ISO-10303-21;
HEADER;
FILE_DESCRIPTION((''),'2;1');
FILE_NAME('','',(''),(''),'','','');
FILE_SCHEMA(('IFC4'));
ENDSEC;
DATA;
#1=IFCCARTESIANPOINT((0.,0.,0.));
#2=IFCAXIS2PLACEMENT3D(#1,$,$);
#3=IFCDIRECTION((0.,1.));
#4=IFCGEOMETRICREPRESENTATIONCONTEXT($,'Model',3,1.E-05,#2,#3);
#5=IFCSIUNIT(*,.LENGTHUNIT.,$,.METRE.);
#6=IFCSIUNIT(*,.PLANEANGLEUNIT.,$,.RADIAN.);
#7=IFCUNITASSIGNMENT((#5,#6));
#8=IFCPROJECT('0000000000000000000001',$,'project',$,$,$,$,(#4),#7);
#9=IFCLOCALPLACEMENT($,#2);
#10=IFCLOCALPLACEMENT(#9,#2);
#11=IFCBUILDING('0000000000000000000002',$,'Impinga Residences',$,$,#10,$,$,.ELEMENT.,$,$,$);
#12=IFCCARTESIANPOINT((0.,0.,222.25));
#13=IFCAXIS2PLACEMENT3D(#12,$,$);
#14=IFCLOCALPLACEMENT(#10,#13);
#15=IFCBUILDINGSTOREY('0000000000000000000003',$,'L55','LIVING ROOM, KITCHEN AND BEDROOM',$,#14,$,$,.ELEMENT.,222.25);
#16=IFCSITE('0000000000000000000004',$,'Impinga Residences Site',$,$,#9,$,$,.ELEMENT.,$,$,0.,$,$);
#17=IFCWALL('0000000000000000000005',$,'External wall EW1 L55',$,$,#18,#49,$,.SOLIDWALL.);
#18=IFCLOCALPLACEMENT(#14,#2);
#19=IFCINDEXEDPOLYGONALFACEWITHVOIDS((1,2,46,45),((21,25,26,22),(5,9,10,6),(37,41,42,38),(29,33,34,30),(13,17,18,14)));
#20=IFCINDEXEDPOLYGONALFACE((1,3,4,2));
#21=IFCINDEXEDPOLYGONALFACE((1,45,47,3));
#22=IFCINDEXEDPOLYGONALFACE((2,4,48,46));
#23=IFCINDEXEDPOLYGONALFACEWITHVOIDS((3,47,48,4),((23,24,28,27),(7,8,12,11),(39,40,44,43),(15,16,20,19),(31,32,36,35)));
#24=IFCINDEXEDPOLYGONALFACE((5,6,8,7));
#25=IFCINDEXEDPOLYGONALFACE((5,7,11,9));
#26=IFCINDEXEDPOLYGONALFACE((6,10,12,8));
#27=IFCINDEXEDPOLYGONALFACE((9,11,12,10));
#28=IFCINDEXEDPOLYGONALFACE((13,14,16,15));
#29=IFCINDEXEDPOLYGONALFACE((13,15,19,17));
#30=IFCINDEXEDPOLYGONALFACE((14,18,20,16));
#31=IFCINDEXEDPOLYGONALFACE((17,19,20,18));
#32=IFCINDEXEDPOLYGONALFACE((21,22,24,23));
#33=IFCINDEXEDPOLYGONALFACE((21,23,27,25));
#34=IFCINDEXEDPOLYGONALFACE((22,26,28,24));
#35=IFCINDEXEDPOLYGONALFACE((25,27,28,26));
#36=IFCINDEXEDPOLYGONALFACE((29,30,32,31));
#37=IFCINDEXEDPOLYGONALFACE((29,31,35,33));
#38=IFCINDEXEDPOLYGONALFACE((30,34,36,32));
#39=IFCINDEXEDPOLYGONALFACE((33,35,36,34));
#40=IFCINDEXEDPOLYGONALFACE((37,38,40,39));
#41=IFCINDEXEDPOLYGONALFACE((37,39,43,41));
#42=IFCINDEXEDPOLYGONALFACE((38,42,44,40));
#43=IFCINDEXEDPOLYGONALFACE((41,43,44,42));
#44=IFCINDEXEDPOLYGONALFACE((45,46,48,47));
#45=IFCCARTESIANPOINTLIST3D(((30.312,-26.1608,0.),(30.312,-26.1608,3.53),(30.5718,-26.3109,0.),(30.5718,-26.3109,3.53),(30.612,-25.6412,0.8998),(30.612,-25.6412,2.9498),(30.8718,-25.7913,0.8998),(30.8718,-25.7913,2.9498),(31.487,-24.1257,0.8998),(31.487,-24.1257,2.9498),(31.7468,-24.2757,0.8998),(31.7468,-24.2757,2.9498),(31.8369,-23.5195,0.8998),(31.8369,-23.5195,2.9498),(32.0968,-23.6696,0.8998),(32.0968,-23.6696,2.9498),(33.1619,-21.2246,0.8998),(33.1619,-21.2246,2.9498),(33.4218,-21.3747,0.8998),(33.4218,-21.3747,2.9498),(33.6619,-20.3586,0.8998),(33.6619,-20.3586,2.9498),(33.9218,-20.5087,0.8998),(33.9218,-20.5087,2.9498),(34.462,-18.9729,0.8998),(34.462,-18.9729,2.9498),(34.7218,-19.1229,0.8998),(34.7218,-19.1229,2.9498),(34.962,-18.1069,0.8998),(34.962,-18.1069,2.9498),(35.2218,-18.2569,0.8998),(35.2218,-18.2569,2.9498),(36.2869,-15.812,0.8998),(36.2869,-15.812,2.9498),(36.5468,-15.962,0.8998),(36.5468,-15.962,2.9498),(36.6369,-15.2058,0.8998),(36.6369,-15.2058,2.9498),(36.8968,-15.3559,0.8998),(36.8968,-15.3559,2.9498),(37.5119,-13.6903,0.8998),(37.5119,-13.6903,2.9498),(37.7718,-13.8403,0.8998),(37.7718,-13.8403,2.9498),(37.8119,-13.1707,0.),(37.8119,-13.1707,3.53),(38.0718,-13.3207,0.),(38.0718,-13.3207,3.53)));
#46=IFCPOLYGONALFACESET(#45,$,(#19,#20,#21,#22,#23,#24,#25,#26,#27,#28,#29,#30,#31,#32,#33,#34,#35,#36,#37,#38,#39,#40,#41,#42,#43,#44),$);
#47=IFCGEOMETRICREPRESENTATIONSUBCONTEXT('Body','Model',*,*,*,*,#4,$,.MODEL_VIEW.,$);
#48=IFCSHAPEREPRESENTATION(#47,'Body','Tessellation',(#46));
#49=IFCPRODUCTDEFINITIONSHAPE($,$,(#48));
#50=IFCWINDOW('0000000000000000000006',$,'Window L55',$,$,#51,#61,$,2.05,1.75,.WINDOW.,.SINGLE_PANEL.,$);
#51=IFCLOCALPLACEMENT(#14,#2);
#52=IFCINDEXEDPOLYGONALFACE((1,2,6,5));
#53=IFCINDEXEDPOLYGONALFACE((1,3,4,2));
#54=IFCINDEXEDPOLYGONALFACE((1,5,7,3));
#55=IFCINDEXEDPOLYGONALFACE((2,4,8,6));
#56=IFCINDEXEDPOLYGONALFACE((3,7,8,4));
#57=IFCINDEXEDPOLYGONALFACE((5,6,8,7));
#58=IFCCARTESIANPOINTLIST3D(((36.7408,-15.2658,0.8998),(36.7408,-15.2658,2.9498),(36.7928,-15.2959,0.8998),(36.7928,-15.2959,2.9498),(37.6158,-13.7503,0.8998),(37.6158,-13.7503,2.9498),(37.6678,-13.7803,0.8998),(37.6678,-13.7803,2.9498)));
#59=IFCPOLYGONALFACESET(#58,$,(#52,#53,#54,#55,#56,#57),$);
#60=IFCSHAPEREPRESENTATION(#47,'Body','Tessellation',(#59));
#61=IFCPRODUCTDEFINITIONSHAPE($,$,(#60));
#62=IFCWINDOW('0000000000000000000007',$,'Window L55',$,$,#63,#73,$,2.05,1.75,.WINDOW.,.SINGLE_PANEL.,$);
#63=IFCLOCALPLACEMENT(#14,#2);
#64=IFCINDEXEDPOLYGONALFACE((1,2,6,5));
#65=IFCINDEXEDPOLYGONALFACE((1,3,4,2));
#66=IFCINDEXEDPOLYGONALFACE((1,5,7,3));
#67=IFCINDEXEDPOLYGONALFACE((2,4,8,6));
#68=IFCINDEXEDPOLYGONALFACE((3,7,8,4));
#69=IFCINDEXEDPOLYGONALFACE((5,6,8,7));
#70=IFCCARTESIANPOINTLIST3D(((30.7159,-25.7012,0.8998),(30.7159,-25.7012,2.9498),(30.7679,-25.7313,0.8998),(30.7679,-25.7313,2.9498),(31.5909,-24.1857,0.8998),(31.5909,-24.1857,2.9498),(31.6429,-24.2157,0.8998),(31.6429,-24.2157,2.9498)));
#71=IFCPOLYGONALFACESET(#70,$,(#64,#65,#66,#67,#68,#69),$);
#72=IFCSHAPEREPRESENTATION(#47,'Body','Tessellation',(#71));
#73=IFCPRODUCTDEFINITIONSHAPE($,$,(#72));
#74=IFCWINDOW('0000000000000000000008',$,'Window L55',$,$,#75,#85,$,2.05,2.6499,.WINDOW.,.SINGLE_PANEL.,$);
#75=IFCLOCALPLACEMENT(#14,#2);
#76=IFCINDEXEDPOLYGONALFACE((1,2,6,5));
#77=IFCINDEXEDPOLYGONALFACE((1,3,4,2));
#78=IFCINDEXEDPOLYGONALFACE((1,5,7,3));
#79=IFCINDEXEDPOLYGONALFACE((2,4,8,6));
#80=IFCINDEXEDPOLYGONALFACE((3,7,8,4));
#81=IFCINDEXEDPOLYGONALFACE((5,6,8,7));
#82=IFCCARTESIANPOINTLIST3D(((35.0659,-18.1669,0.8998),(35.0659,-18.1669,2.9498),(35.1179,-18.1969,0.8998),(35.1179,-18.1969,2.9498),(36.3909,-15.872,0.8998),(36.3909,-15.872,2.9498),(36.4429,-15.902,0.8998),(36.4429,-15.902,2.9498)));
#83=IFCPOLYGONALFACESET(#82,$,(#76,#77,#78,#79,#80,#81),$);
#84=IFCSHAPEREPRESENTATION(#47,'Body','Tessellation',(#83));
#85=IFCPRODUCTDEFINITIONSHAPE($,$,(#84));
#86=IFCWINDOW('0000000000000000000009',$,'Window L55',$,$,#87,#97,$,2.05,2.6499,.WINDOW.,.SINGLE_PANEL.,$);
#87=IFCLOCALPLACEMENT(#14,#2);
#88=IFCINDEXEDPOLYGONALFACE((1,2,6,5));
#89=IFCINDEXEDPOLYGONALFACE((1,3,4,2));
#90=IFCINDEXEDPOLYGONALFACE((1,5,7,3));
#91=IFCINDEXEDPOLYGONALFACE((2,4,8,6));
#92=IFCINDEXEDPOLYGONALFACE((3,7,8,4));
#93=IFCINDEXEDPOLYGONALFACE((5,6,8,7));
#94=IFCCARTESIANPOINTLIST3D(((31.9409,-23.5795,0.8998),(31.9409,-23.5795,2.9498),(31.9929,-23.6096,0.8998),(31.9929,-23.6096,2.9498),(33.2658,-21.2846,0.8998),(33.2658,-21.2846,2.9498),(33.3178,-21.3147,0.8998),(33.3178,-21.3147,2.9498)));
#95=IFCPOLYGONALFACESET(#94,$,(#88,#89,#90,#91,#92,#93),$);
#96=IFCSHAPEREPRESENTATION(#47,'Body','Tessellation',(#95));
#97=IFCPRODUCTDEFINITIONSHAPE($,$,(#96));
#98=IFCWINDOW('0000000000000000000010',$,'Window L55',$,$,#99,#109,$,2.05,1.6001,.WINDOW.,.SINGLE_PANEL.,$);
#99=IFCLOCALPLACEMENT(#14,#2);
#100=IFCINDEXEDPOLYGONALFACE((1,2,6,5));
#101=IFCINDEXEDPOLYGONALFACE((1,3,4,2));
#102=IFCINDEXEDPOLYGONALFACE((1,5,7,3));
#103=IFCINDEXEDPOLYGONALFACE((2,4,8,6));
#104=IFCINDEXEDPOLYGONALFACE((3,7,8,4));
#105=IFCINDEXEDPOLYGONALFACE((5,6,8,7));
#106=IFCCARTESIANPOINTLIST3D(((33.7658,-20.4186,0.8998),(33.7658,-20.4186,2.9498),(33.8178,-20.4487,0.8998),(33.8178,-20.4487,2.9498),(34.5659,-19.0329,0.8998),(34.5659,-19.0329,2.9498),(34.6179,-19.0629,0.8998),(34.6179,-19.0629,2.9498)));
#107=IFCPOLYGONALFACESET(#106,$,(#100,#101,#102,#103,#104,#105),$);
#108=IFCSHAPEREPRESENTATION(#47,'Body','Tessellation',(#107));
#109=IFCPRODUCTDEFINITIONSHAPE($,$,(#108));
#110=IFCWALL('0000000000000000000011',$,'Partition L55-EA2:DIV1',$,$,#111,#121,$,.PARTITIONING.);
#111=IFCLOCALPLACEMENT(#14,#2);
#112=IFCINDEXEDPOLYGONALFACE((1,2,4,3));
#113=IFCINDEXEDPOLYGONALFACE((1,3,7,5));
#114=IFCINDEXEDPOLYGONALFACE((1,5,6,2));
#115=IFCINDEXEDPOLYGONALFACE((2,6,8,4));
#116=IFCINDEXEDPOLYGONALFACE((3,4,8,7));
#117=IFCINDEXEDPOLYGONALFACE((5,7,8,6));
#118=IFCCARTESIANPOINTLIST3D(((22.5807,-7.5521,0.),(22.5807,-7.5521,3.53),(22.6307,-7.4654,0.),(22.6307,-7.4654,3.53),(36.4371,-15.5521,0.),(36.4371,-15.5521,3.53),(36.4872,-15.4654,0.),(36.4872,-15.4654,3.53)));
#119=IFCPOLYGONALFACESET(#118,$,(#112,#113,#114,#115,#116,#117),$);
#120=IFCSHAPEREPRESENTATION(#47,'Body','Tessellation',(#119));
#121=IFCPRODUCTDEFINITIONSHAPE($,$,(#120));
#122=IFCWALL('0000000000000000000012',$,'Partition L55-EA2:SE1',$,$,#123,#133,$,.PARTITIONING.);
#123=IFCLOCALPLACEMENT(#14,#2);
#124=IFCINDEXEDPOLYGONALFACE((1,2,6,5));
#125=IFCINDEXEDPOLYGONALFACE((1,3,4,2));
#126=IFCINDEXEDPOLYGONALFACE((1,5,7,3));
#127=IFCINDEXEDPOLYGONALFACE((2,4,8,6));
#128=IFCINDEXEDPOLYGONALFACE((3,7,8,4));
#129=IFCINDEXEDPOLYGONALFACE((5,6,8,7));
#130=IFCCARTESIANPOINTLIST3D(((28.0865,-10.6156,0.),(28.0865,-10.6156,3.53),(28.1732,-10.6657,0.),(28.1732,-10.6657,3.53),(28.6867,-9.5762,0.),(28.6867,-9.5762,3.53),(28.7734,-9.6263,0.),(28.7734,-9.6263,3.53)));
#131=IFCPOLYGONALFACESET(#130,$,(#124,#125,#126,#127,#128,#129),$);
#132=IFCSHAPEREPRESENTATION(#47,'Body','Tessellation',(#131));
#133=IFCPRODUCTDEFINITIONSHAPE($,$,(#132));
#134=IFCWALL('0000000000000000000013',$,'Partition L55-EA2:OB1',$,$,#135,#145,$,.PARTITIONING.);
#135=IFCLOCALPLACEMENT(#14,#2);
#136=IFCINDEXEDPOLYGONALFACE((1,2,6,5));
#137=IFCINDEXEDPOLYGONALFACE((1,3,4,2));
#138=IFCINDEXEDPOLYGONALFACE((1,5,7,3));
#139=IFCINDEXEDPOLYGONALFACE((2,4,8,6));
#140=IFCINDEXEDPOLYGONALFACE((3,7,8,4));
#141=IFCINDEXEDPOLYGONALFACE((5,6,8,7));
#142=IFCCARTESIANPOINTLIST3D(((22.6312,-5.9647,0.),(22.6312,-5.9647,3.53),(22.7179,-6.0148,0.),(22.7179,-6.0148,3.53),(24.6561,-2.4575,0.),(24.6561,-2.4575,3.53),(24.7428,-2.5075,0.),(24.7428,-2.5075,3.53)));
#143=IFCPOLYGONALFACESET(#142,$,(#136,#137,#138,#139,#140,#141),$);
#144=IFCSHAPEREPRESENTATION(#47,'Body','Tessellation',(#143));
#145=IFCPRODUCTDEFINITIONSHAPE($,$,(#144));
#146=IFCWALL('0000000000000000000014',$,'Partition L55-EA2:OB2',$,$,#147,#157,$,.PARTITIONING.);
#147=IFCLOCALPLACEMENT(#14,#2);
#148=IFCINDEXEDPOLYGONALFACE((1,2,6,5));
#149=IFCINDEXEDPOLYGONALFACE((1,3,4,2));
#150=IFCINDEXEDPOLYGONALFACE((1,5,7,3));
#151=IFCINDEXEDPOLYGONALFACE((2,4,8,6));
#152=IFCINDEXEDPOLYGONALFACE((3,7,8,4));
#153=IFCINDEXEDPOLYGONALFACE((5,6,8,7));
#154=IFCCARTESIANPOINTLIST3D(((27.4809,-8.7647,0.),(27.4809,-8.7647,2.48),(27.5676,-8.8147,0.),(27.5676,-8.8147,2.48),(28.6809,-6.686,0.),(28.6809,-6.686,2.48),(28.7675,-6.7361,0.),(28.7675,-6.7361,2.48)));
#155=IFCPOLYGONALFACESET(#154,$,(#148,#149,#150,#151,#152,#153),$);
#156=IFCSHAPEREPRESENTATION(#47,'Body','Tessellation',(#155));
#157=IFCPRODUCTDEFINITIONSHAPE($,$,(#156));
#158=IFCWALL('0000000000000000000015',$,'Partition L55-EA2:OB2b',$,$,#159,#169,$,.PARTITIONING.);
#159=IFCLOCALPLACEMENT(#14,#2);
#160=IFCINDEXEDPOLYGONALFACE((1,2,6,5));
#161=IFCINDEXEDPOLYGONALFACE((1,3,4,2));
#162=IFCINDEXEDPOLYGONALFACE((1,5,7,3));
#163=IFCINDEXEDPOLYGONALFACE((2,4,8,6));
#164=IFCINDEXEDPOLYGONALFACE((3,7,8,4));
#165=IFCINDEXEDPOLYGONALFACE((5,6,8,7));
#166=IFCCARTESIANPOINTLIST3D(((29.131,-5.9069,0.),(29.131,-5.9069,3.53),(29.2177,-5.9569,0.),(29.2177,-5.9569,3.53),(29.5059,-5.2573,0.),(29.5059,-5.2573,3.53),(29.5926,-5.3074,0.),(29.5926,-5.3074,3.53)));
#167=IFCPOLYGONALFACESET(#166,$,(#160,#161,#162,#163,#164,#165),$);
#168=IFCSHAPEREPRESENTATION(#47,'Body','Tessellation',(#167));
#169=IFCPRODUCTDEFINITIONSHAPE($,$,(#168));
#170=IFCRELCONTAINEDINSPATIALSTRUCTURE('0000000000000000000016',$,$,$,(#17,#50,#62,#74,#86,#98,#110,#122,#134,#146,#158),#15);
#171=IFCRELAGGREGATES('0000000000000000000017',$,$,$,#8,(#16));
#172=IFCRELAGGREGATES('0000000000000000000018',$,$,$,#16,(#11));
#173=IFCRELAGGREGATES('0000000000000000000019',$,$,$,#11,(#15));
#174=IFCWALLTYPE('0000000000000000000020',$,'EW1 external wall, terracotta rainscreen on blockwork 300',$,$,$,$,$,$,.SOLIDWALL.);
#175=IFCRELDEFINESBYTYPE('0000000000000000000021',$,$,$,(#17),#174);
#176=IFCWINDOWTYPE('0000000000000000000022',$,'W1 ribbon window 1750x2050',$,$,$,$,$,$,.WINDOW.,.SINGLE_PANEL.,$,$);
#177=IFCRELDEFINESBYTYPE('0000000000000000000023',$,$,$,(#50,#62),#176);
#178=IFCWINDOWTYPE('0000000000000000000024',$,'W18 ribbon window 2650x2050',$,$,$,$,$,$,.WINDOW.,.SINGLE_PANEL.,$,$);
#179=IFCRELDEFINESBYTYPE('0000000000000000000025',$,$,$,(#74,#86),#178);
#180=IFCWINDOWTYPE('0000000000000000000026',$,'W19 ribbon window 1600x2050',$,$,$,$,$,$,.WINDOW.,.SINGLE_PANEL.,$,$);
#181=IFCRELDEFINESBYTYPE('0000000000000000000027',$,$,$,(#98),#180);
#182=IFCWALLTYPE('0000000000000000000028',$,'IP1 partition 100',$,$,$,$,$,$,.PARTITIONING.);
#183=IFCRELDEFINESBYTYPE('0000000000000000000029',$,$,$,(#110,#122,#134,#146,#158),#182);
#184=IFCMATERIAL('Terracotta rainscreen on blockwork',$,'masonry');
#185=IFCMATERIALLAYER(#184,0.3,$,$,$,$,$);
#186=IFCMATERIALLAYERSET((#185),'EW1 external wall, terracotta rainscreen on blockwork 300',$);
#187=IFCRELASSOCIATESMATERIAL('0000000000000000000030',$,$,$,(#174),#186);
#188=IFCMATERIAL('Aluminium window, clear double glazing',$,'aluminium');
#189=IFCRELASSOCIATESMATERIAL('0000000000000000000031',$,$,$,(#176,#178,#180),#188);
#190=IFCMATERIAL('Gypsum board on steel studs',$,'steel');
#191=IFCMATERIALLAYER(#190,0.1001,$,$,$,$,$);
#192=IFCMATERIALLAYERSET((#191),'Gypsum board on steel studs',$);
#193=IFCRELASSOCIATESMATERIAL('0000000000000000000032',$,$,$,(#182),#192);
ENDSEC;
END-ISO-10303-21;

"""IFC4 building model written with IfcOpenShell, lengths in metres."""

from ifc_helpers import new_model, si_unit, direction, frame, frame_2d, origin, place, context, subcontext, project, spatial, rectangle, extrude, material, layer, layer_set, type_object, element, fill, save


model = new_model("IFC4")

# Units and contexts
model_context = context("Model", 3, precision=1e-05, world=origin(), true_north=direction((0.0, 1.0)))
body_context = subcontext(model_context, "Body", "Model", "MODEL_VIEW")
ifc_project = project(units=[si_unit("LENGTHUNIT", "METRE"), si_unit("PLANEANGLEUNIT", "RADIAN")], contexts=[model_context])

# Site, building, storey
site_placement = place(None, origin())
site = spatial("IfcSite", under=ifc_project, at=site_placement, Name="Impinga Residences Site", CompositionType="ELEMENT", RefElevation=0.0)
building_placement = place(site_placement, origin())
building = spatial("IfcBuilding", under=site, at=building_placement, Name="Impinga Residences", CompositionType="ELEMENT")
storey_placement = place(building_placement, frame((0.0, 0.0, 222.25)))
storey = spatial("IfcBuildingStorey", under=building, at=storey_placement, Name="L55", Description="LIVING ROOM, KITCHEN AND BEDROOM", CompositionType="ELEMENT", Elevation=222.25)

# Shared definitions
ifc_material_1 = material(Name="Terracotta rainscreen on blockwork", Category="masonry")
ifc_layer_1 = layer(ifc_material_1, 0.3)
ifc_layer_set_1 = layer_set([ifc_layer_1], Name="EW1 external wall, terracotta rainscreen on blockwork 300")
wall_type_1 = type_object("IfcWallType", Name="EW1 external wall, terracotta rainscreen on blockwork 300", PredefinedType="SOLIDWALL", material=ifc_layer_set_1)

# Wall, openings, windows
wall_1_placement = place(storey_placement, frame((37.9419, -13.2456, 0.0), z_axis=(0.0, 0.0, 1.0), x_axis=(-0.500004, -0.866023, 0.0)))
wall_1 = element("IfcWall", 1, at=wall_1_placement, inside=storey, type_object=wall_type_1, Name="External wall EW1 L55", PredefinedType="SOLIDWALL", context=body_context, shape_type="SweptSolid", body=[
    extrude(rectangle(XDim=14.9998, YDim=0.3, at=frame_2d((7.5, 0.0))), origin(), (0.0, 0.0, 1.0), 3.53),
])
opening_1_placement = place(wall_1_placement, frame((0.6001, 0.0, 0.8999)))
opening_1 = element("IfcOpeningElement", 2, at=opening_1_placement, cuts=wall_1, PredefinedType="OPENING", context=body_context, shape_type="SweptSolid", body=[
    extrude(rectangle(XDim=1.75, YDim=2.05, at=frame_2d((0.875, 1.0249))), frame((0.0, 0.1599, 0.0), z_axis=(0.0, -1.0, 0.0), x_axis=(1.0, 0.0, 0.0)), (0.0, 0.0, 1.0), 0.3201),
])
opening_2_placement = place(wall_1_placement, frame((3.05, 0.0, 0.8999)))
opening_2 = element("IfcOpeningElement", 3, at=opening_2_placement, cuts=wall_1, PredefinedType="OPENING", context=body_context, shape_type="SweptSolid", body=[
    extrude(rectangle(XDim=2.6499, YDim=2.05, at=frame_2d((1.325, 1.0249))), frame((0.0, 0.1599, 0.0), z_axis=(0.0, -1.0, 0.0), x_axis=(1.0, 0.0, 0.0)), (0.0, 0.0, 1.0), 0.3201),
])
opening_3_placement = place(wall_1_placement, frame((6.7, 0.0, 0.8999)))
opening_3 = element("IfcOpeningElement", 4, at=opening_3_placement, cuts=wall_1, PredefinedType="OPENING", context=body_context, shape_type="SweptSolid", body=[
    extrude(rectangle(XDim=1.6001, YDim=2.05, at=frame_2d((0.8, 1.0249))), frame((0.0, 0.1599, 0.0), z_axis=(0.0, -1.0, 0.0), x_axis=(1.0, 0.0, 0.0)), (0.0, 0.0, 1.0), 0.3201),
])
opening_4_placement = place(wall_1_placement, frame((9.3, 0.0, 0.8999)))
opening_4 = element("IfcOpeningElement", 5, at=opening_4_placement, cuts=wall_1, PredefinedType="OPENING", context=body_context, shape_type="SweptSolid", body=[
    extrude(rectangle(XDim=2.6499, YDim=2.05, at=frame_2d((1.325, 1.0249))), frame((0.0, 0.1599, 0.0), z_axis=(0.0, -1.0, 0.0), x_axis=(1.0, 0.0, 0.0)), (0.0, 0.0, 1.0), 0.3201),
])
opening_5_placement = place(wall_1_placement, frame((12.6499, 0.0, 0.8999)))
opening_5 = element("IfcOpeningElement", 6, at=opening_5_placement, cuts=wall_1, PredefinedType="OPENING", context=body_context, shape_type="SweptSolid", body=[
    extrude(rectangle(XDim=1.75, YDim=2.05, at=frame_2d((0.875, 1.0249))), frame((0.0, 0.1599, 0.0), z_axis=(0.0, -1.0, 0.0), x_axis=(1.0, 0.0, 0.0)), (0.0, 0.0, 1.0), 0.3201),
])
ifc_material_2 = material(Name="Aluminium window, clear double glazing", Category="aluminium")
window_type_1 = type_object("IfcWindowType", Name="W1 ribbon window 1750x2050", PartitioningType="SINGLE_PANEL", PredefinedType="WINDOW", material=ifc_material_2)
window_1_placement = place(opening_1_placement, origin())
window_1 = element("IfcWindow", 7, at=window_1_placement, inside=storey, type_object=window_type_1, Name="Window L55", OverallHeight=2.05, OverallWidth=1.75, PartitioningType="SINGLE_PANEL", PredefinedType="WINDOW", context=body_context, shape_type="SweptSolid", body=[
    extrude(rectangle(XDim=1.75, YDim=2.05, at=frame_2d((0.875, 1.0249))), frame((0.0, 0.03, 0.0), z_axis=(0.0, -1.0, 0.0), x_axis=(1.0, 0.0, 0.0)), (0.0, 0.0, 1.0), 0.0601),
])
fill(opening_1, window_1)
window_2_placement = place(opening_5_placement, origin())
window_2 = element("IfcWindow", 8, at=window_2_placement, inside=storey, type_object=window_type_1, Name="Window L55", OverallHeight=2.05, OverallWidth=1.75, PartitioningType="SINGLE_PANEL", PredefinedType="WINDOW", context=body_context, shape_type="SweptSolid", body=[
    extrude(rectangle(XDim=1.75, YDim=2.05, at=frame_2d((0.875, 1.0249))), frame((0.0, 0.03, 0.0), z_axis=(0.0, -1.0, 0.0), x_axis=(1.0, 0.0, 0.0)), (0.0, 0.0, 1.0), 0.0601),
])
fill(opening_5, window_2)
window_type_2 = type_object("IfcWindowType", Name="W18 ribbon window 2650x2050", PartitioningType="SINGLE_PANEL", PredefinedType="WINDOW", material=ifc_material_2)
window_3_placement = place(opening_2_placement, origin())
window_3 = element("IfcWindow", 9, at=window_3_placement, inside=storey, type_object=window_type_2, Name="Window L55", OverallHeight=2.05, OverallWidth=2.6499, PartitioningType="SINGLE_PANEL", PredefinedType="WINDOW", context=body_context, shape_type="SweptSolid", body=[
    extrude(rectangle(XDim=2.6499, YDim=2.05, at=frame_2d((1.325, 1.0249))), frame((0.0, 0.03, 0.0), z_axis=(0.0, -1.0, 0.0), x_axis=(1.0, 0.0, 0.0)), (0.0, 0.0, 1.0), 0.0601),
])
fill(opening_2, window_3)
window_4_placement = place(opening_4_placement, origin())
window_4 = element("IfcWindow", 10, at=window_4_placement, inside=storey, type_object=window_type_2, Name="Window L55", OverallHeight=2.05, OverallWidth=2.6499, PartitioningType="SINGLE_PANEL", PredefinedType="WINDOW", context=body_context, shape_type="SweptSolid", body=[
    extrude(rectangle(XDim=2.6499, YDim=2.05, at=frame_2d((1.325, 1.0249))), frame((0.0, 0.03, 0.0), z_axis=(0.0, -1.0, 0.0), x_axis=(1.0, 0.0, 0.0)), (0.0, 0.0, 1.0), 0.0601),
])
fill(opening_4, window_4)
window_type_3 = type_object("IfcWindowType", Name="W19 ribbon window 1600x2050", PartitioningType="SINGLE_PANEL", PredefinedType="WINDOW", material=ifc_material_2)
window_5_placement = place(opening_3_placement, origin())
window_5 = element("IfcWindow", 11, at=window_5_placement, inside=storey, type_object=window_type_3, Name="Window L55", OverallHeight=2.05, OverallWidth=1.6001, PartitioningType="SINGLE_PANEL", PredefinedType="WINDOW", context=body_context, shape_type="SweptSolid", body=[
    extrude(rectangle(XDim=1.6001, YDim=2.05, at=frame_2d((0.8, 1.0249))), frame((0.0, 0.03, 0.0), z_axis=(0.0, -1.0, 0.0), x_axis=(1.0, 0.0, 0.0)), (0.0, 0.0, 1.0), 0.0601),
])
fill(opening_3, window_5)

# Walls
ifc_material_3 = material(Name="Gypsum board on steel studs", Category="steel")
ifc_layer_2 = layer(ifc_material_3, 0.1001)
ifc_layer_set_2 = layer_set([ifc_layer_2], Name="Gypsum board on steel studs")
wall_type_2 = type_object("IfcWallType", Name="IP1 partition 100", PredefinedType="PARTITIONING", material=ifc_layer_set_2)
wall_2_placement = place(storey_placement, frame((22.6057, -7.5088, 0.0), z_axis=(0.0, 0.0, 1.0), x_axis=(0.866026, -0.499999, 0.0)))
element("IfcWall", 12, at=wall_2_placement, inside=storey, type_object=wall_type_2, Name="Partition L55-EA2:DIV1", PredefinedType="PARTITIONING", context=body_context, shape_type="SweptSolid", body=[
    extrude(rectangle(XDim=16.0, YDim=0.1001, at=frame_2d((8.0, 0.0))), origin(), (0.0, 0.0, 1.0), 3.53),
])
wall_3_placement = place(storey_placement, frame((28.1299, -10.6406, 0.0), z_axis=(0.0, 0.0, 1.0), x_axis=(0.500034, 0.866006, 0.0)))
element("IfcWall", 13, at=wall_3_placement, inside=storey, type_object=wall_type_2, Name="Partition L55-EA2:SE1", PredefinedType="PARTITIONING", context=body_context, shape_type="SweptSolid", body=[
    extrude(rectangle(XDim=1.2002, YDim=0.1001, at=frame_2d((0.6001, 0.0))), origin(), (0.0, 0.0, 1.0), 3.53),
])
wall_4_placement = place(storey_placement, frame((22.6746, -5.9897, 0.0), z_axis=(0.0, 0.0, 1.0), x_axis=(0.49999, 0.866031, 0.0)))
element("IfcWall", 14, at=wall_4_placement, inside=storey, type_object=wall_type_2, Name="Partition L55-EA2:OB1", PredefinedType="PARTITIONING", context=body_context, shape_type="SweptSolid", body=[
    extrude(rectangle(XDim=4.0498, YDim=0.1001, at=frame_2d((2.0249, 0.0))), origin(), (0.0, 0.0, 1.0), 3.53),
])
wall_5_placement = place(storey_placement, frame((27.5242, -8.7898, 0.0), z_axis=(0.0, 0.0, 1.0), x_axis=(0.499957, 0.86605, 0.0)))
element("IfcWall", 15, at=wall_5_placement, inside=storey, type_object=wall_type_2, Name="Partition L55-EA2:OB2", PredefinedType="PARTITIONING", context=body_context, shape_type="SweptSolid", body=[
    extrude(rectangle(XDim=2.4001, YDim=0.1001, at=frame_2d((1.2002, 0.0))), origin(), (0.0, 0.0, 1.0), 2.48),
])
wall_6_placement = place(storey_placement, frame((29.1743, -5.9319, 0.0), z_axis=(0.0, 0.0, 1.0), x_axis=(0.49992, 0.866072, 0.0)))
element("IfcWall", 16, at=wall_6_placement, inside=storey, type_object=wall_type_2, Name="Partition L55-EA2:OB2b", PredefinedType="PARTITIONING", context=body_context, shape_type="SweptSolid", body=[
    extrude(rectangle(XDim=0.75, YDim=0.1001, at=frame_2d((0.375, 0.0))), origin(), (0.0, 0.0, 1.0), 3.53),
])

save(model, "model.ifc")
